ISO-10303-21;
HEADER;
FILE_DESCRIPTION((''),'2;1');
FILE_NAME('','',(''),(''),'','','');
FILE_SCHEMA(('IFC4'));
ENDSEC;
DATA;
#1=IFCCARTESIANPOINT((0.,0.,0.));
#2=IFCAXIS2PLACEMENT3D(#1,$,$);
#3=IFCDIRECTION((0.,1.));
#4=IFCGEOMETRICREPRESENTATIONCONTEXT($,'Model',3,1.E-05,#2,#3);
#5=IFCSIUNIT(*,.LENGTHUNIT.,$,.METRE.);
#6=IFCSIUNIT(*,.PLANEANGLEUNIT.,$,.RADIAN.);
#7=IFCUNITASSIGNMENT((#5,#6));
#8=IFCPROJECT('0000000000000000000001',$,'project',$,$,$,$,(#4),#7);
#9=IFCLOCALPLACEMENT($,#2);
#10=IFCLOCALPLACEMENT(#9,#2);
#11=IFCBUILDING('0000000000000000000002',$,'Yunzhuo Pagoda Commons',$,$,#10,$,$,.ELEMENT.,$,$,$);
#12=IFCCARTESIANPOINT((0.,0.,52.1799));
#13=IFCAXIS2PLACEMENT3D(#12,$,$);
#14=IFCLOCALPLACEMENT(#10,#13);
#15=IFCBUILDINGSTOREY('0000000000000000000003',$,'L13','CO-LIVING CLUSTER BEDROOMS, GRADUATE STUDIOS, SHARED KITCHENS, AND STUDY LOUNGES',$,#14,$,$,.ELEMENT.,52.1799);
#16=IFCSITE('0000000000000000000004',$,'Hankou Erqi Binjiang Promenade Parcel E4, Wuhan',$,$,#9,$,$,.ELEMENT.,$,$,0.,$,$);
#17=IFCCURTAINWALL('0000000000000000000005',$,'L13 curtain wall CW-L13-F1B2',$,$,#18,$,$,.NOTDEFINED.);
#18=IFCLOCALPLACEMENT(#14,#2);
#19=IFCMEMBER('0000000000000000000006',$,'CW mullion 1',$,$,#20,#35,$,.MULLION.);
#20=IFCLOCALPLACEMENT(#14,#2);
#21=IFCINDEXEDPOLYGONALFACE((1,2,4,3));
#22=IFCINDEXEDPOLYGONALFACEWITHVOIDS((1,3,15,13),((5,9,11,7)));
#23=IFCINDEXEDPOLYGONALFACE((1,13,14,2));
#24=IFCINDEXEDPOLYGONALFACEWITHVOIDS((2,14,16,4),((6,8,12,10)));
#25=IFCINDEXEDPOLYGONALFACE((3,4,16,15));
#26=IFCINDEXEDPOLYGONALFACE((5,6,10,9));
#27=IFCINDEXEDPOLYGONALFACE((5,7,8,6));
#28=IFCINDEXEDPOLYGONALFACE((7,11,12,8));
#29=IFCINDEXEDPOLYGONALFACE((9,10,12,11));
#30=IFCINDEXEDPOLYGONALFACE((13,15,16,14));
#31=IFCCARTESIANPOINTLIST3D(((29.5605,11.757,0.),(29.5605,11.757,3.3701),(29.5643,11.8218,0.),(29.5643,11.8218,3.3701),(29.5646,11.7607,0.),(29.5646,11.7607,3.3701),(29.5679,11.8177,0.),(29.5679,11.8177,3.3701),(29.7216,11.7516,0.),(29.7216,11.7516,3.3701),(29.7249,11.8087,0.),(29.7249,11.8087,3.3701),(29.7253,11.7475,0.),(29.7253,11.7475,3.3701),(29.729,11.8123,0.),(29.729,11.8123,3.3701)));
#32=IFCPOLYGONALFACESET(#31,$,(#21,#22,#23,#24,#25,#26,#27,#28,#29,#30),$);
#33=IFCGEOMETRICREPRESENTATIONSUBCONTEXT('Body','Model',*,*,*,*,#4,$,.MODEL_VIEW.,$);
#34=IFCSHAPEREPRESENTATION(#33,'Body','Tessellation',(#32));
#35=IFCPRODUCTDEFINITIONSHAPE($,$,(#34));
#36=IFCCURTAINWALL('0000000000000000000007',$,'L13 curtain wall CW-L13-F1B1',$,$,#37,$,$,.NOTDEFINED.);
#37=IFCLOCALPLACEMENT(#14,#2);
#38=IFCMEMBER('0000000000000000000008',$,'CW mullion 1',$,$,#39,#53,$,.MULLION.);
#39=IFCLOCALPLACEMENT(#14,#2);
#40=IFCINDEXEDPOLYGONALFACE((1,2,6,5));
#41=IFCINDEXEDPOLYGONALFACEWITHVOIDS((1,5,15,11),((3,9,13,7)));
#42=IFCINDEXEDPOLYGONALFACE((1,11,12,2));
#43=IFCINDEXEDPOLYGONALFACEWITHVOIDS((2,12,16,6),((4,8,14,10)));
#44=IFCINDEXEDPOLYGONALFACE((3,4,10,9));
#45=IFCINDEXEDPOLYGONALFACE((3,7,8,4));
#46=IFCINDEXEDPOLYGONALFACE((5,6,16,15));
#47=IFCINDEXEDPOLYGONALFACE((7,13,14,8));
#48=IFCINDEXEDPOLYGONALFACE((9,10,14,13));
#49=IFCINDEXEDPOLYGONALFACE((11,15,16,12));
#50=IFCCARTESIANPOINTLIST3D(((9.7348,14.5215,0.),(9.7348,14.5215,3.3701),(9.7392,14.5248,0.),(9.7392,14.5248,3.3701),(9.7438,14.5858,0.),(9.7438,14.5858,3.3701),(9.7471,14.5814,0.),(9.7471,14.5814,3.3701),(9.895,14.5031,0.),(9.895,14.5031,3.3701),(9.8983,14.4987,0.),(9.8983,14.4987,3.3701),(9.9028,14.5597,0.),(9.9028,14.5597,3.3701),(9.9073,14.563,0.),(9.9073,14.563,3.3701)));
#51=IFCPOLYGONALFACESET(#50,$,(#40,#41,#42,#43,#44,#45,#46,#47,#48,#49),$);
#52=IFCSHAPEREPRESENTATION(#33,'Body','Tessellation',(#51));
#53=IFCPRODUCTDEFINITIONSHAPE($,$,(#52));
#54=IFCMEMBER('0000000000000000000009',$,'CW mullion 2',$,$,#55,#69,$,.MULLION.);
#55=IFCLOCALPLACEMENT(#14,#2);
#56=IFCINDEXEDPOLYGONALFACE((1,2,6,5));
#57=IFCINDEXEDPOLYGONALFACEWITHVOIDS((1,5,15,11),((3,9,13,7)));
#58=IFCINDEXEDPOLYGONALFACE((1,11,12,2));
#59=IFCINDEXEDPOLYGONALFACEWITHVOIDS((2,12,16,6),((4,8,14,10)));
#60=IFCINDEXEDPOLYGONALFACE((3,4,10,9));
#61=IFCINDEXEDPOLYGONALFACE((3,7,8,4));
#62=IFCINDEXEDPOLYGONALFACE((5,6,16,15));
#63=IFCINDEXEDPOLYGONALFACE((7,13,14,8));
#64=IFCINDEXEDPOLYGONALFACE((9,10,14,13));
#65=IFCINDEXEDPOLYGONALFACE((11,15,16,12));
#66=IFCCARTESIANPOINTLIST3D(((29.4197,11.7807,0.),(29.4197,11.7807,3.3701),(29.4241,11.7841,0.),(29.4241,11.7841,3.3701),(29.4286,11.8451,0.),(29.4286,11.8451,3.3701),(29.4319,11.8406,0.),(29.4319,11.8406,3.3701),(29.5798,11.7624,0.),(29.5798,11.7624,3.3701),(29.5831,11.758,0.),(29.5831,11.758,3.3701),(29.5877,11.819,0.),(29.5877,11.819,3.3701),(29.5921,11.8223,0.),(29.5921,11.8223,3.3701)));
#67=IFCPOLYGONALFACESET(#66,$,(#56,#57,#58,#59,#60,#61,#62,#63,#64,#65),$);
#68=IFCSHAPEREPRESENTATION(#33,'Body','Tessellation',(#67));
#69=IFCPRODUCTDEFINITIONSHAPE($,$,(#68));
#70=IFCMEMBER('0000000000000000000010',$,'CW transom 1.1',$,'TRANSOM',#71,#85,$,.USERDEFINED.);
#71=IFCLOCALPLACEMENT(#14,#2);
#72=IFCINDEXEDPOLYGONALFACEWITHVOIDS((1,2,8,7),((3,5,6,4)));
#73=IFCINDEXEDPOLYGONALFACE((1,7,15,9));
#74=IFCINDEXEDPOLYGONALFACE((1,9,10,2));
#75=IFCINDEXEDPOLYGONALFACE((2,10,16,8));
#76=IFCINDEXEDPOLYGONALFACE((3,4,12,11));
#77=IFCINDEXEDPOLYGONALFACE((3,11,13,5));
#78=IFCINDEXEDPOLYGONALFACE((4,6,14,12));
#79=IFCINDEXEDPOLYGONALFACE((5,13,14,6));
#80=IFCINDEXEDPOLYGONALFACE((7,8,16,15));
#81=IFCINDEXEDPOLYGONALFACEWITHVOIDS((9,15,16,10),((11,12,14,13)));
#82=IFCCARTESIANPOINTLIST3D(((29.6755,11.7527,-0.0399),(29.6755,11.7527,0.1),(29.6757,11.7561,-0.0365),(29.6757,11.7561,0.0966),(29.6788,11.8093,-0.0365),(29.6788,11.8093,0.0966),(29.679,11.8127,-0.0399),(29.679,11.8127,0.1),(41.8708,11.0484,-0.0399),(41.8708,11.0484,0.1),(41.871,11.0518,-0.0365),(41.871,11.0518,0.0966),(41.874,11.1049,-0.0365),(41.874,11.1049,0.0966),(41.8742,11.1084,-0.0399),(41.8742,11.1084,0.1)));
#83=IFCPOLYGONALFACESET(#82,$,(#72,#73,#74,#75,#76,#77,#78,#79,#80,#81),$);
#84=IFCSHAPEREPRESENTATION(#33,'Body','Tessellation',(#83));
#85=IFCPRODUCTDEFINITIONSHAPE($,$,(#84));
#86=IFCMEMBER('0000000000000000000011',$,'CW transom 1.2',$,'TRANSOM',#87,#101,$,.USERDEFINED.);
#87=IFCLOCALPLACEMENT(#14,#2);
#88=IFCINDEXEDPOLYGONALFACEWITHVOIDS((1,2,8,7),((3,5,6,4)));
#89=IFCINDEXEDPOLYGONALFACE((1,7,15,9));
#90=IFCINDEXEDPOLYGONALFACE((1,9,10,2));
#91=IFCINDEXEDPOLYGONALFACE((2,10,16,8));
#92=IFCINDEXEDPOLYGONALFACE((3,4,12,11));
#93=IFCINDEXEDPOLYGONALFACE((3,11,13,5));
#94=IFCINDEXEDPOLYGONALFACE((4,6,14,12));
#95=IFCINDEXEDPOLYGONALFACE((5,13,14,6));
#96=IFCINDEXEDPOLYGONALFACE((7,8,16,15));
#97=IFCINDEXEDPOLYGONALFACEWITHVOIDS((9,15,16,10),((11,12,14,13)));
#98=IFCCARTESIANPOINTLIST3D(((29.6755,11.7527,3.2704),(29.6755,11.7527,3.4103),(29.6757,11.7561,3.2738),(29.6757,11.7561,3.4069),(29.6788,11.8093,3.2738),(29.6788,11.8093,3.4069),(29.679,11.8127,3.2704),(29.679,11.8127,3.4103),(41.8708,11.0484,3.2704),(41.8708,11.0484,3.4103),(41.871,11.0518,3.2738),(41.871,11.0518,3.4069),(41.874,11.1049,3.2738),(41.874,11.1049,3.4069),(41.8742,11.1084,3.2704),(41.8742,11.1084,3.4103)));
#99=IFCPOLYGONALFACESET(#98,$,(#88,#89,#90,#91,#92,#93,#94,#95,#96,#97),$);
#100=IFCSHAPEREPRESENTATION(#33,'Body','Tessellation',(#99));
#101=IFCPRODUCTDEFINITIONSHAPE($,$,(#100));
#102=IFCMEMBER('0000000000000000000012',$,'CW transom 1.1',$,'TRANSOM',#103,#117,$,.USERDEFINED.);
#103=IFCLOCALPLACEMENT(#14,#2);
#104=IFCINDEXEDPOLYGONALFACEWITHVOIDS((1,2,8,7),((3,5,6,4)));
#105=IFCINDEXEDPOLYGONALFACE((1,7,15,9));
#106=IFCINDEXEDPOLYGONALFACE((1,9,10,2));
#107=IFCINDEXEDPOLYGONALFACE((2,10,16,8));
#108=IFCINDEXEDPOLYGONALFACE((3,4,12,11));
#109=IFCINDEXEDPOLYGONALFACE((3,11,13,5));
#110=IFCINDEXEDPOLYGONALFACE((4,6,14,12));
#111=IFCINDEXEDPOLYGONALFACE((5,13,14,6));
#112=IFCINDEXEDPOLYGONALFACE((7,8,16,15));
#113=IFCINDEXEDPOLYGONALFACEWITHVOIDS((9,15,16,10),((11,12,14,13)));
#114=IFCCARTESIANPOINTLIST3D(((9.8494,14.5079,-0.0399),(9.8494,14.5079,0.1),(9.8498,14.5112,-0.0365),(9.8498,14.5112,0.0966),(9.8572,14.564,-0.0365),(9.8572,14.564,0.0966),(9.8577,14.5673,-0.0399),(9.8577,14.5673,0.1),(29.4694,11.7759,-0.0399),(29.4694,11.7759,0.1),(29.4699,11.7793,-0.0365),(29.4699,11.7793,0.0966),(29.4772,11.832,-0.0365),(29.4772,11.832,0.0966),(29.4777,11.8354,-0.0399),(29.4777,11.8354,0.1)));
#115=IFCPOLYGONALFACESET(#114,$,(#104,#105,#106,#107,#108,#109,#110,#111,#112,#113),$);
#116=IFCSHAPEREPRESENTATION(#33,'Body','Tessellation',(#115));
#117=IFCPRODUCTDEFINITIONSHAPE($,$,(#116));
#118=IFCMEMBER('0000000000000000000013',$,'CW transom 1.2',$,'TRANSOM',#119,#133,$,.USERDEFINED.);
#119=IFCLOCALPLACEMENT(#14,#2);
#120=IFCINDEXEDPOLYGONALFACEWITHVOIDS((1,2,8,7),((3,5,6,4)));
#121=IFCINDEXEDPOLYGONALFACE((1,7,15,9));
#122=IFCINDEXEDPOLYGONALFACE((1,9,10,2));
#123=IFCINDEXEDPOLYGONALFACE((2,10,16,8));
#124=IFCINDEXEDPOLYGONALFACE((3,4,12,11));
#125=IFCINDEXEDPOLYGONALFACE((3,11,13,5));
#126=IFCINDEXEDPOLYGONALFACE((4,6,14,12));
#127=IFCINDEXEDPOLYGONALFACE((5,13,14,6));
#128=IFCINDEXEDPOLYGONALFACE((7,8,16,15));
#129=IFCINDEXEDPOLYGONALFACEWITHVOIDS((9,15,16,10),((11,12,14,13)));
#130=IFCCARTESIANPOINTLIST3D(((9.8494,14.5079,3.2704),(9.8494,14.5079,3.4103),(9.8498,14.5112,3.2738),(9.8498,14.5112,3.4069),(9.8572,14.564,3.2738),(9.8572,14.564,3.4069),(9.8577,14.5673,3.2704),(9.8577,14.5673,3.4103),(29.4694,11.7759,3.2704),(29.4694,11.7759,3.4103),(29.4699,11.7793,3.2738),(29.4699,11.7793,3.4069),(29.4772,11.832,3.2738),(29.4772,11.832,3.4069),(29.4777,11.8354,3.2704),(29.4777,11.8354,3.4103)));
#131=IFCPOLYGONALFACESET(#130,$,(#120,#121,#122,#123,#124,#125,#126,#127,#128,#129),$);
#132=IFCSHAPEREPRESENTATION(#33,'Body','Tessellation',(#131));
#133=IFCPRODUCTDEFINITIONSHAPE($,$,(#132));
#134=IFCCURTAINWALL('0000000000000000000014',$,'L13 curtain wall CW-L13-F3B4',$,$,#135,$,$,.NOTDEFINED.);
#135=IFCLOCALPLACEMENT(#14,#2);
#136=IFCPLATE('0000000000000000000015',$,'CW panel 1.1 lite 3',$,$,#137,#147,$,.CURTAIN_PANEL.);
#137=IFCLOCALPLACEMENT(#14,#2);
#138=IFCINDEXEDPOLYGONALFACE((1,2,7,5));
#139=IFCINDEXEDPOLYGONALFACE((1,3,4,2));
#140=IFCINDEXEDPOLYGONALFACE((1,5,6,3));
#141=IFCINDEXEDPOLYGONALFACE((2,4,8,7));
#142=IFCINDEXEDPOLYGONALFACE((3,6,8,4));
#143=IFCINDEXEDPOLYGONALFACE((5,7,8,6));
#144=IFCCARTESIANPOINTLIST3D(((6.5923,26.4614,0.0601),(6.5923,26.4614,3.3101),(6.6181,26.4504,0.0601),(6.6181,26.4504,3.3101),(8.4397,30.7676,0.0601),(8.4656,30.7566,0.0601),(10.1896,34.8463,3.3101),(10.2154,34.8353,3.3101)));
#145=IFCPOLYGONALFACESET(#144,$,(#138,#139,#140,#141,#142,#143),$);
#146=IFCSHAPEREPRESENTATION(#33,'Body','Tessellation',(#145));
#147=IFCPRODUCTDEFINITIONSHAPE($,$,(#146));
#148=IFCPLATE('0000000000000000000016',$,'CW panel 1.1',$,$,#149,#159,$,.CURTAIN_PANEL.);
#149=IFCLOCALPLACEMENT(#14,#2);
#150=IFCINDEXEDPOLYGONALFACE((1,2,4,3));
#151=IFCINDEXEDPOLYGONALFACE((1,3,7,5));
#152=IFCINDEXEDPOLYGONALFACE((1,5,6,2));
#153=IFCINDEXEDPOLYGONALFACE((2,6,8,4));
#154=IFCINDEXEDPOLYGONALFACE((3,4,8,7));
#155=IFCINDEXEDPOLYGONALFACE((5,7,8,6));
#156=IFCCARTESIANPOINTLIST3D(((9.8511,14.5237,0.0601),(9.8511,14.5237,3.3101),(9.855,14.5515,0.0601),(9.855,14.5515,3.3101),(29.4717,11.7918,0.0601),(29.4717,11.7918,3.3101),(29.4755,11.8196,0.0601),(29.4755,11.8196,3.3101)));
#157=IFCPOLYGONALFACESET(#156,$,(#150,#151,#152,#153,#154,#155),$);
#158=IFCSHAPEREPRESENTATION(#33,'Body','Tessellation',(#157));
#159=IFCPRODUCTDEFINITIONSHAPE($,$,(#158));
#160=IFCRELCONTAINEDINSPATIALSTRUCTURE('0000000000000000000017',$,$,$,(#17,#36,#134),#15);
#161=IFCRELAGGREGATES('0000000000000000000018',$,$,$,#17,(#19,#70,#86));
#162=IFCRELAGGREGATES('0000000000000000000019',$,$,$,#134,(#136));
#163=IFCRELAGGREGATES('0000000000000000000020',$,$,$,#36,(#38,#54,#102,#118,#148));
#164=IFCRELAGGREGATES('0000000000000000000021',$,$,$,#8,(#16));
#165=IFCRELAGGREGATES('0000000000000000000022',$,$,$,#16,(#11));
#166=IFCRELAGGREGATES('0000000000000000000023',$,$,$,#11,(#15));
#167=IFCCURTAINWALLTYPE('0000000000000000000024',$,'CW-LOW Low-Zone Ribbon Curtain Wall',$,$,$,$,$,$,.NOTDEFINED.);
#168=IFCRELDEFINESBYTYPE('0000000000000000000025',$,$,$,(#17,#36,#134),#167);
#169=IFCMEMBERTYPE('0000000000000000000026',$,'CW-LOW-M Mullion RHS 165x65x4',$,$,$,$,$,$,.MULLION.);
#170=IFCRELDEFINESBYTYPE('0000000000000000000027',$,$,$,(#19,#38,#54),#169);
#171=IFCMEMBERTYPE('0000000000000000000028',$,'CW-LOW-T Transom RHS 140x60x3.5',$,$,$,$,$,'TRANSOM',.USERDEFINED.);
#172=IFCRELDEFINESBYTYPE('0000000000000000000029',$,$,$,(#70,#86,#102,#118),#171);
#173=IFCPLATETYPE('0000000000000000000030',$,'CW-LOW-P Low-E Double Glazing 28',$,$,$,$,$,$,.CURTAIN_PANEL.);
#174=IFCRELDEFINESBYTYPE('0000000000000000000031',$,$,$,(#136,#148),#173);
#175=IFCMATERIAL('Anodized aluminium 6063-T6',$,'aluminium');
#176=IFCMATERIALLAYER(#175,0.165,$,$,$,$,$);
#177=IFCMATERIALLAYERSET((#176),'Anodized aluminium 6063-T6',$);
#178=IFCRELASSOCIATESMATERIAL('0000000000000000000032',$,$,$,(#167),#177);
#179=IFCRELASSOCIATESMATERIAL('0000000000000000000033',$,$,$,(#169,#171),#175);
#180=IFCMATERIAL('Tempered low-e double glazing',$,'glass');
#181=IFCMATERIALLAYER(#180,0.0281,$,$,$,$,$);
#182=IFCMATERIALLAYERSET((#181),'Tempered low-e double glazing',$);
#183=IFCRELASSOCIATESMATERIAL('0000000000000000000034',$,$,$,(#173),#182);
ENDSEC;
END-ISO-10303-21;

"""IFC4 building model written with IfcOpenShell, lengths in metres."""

from ifc_helpers import new_model, si_unit, direction, frame, origin, origin_2d, place, context, subcontext, project, spatial, polyline, rectangle, hollow_rectangle, outline, extrude, source, transform, mapped, material, layer, layer_set, material_profile, profile_set, type_object, element, aggregate, save


model = new_model("IFC4")

# Units and contexts
model_context = context("Model", 3, precision=1e-05, world=origin(), true_north=direction((0.0, 1.0)))
body_context = subcontext(model_context, "Body", "Model", "MODEL_VIEW")
ifc_project = project(units=[si_unit("LENGTHUNIT", "METRE"), si_unit("PLANEANGLEUNIT", "RADIAN")], contexts=[model_context])

# Site, building, storey
site_placement = place(None, origin())
site = spatial("IfcSite", under=ifc_project, at=site_placement, Name="Hankou Erqi Binjiang Promenade Parcel E4, Wuhan", CompositionType="ELEMENT", RefElevation=0.0)
building_placement = place(site_placement, origin())
building = spatial("IfcBuilding", under=site, at=building_placement, Name="Yunzhuo Pagoda Commons", CompositionType="ELEMENT")
storey_placement = place(building_placement, frame((0.0, 0.0, 52.1799)))
storey = spatial("IfcBuildingStorey", under=building, at=storey_placement, Name="L13", Description="CO-LIVING CLUSTER BEDROOMS, GRADUATE STUDIOS, SHARED KITCHENS, AND STUDY LOUNGES", CompositionType="ELEMENT", Elevation=52.1799)

# Curtain wall, member
ifc_material_1 = material(Name="Anodized aluminium 6063-T6", Category="aluminium")
ifc_layer_1 = layer(ifc_material_1, 0.165)
ifc_layer_set_1 = layer_set([ifc_layer_1], Name="Anodized aluminium 6063-T6")
curtain_wall_type = type_object("IfcCurtainWallType", Name="CW-LOW Low-Zone Ribbon Curtain Wall", PredefinedType="NOTDEFINED", material=ifc_layer_set_1)
curtain_wall_1_placement = place(storey_placement, origin())
curtain_wall_1 = element("IfcCurtainWall", 1, at=curtain_wall_1_placement, inside=storey, type_object=curtain_wall_type, Name="L13 curtain wall CW-L13-F1B2", PredefinedType="NOTDEFINED")
ifc_material_profile_1 = material_profile(ifc_material_1, hollow_rectangle(XDim=0.0649, YDim=0.165, WallThickness=0.0039, at=origin_2d()), Name="Anodized aluminium 6063-T6")
ifc_profile_set_1 = profile_set([ifc_material_profile_1], Name="Anodized aluminium 6063-T6")
member_type_1 = type_object("IfcMemberType", Name="CW-LOW-M Mullion RHS 165x65x4", PredefinedType="MULLION", material=ifc_profile_set_1)
shared_shape_1 = source(origin(), body_context, "Body", "SweptSolid", [
    extrude(hollow_rectangle(XDim=0.0649, YDim=0.165, WallThickness=0.0039, at=origin_2d()), origin(), (0.0, 0.0, 1.0), 3.3701),
])
member_1_placement = place(storey_placement, frame((29.6448, 11.7847, 0.0), z_axis=(0.0, 0.0, 1.0), x_axis=(0.057664, 0.998336, 0.0)))
member_1 = element("IfcMember", 2, at=member_1_placement, type_object=member_type_1, Name="CW mullion 1", PredefinedType="MULLION", context=body_context, shape_type="MappedRepresentation", body=[
    mapped(shared_shape_1, transform((0.0, 0.0, 0.0), scale=1.0)),
])

# Curtain wall, members
curtain_wall_2_placement = place(storey_placement, origin())
curtain_wall_2 = element("IfcCurtainWall", 3, at=curtain_wall_2_placement, inside=storey, type_object=curtain_wall_type, Name="L13 curtain wall CW-L13-F1B1", PredefinedType="NOTDEFINED")
member_2_placement = place(storey_placement, frame((9.821, 14.5422, 0.0), z_axis=(0.0, 0.0, 1.0), x_axis=(0.137905, 0.990445, 0.0)))
member_2 = element("IfcMember", 4, at=member_2_placement, type_object=member_type_1, Name="CW mullion 1", PredefinedType="MULLION", context=body_context, shape_type="MappedRepresentation", body=[
    mapped(shared_shape_1, transform((0.0, 0.0, 0.0), scale=1.0)),
])
member_3_placement = place(storey_placement, frame((29.5059, 11.8015, 0.0), z_axis=(0.0, 0.0, 1.0), x_axis=(0.137905, 0.990445, 0.0)))
member_3 = element("IfcMember", 5, at=member_3_placement, type_object=member_type_1, Name="CW mullion 2", PredefinedType="MULLION", context=body_context, shape_type="MappedRepresentation", body=[
    mapped(shared_shape_1, transform((0.0, 0.0, 0.0), scale=1.0)),
])

# Members
ifc_material_profile_2 = material_profile(ifc_material_1, hollow_rectangle(XDim=0.0601, YDim=0.1399, WallThickness=0.0034, at=origin_2d()), Name="Anodized aluminium 6063-T6")
ifc_profile_set_2 = profile_set([ifc_material_profile_2], Name="Anodized aluminium 6063-T6")
member_type_2 = type_object("IfcMemberType", Name="CW-LOW-T Transom RHS 140x60x3.5", ElementType="TRANSOM", PredefinedType="USERDEFINED", material=ifc_profile_set_2)
shared_shape_2 = source(origin(), body_context, "Body", "SweptSolid", [
    extrude(hollow_rectangle(XDim=0.0601, YDim=0.1399, WallThickness=0.0034, at=origin_2d()), origin(), (0.0, 0.0, 1.0), 12.2156),
])
member_4_placement = place(storey_placement, frame((29.6772, 11.7827, 0.03), z_axis=(0.998336, -0.057659, 0.0), x_axis=(0.057659, 0.998336, 0.0)))
member_4 = element("IfcMember", 6, at=member_4_placement, type_object=member_type_2, Name="CW transom 1.1", ObjectType="TRANSOM", PredefinedType="USERDEFINED", context=body_context, shape_type="MappedRepresentation", body=[
    mapped(shared_shape_2, transform((0.0, 0.0, 0.0), scale=1.0)),
])
member_5_placement = place(storey_placement, frame((29.6772, 11.7827, 3.3403), z_axis=(0.998336, -0.057659, 0.0), x_axis=(0.057659, 0.998336, 0.0)))
member_5 = element("IfcMember", 7, at=member_5_placement, type_object=member_type_2, Name="CW transom 1.2", ObjectType="TRANSOM", PredefinedType="USERDEFINED", context=body_context, shape_type="MappedRepresentation", body=[
    mapped(shared_shape_2, transform((0.0, 0.0, 0.0), scale=1.0)),
])
aggregate(curtain_wall_1, [member_1, member_4, member_5])
shared_shape_3 = source(origin(), body_context, "Body", "SweptSolid", [
    extrude(hollow_rectangle(XDim=0.0601, YDim=0.1399, WallThickness=0.0034, at=origin_2d()), origin(), (0.0, 0.0, 1.0), 19.8093),
])
member_6_placement = place(storey_placement, frame((9.8535, 14.5376, 0.03), z_axis=(0.990445, -0.137911, 0.0), x_axis=(0.137911, 0.990445, 0.0)))
member_6 = element("IfcMember", 8, at=member_6_placement, type_object=member_type_2, Name="CW transom 1.1", ObjectType="TRANSOM", PredefinedType="USERDEFINED", context=body_context, shape_type="MappedRepresentation", body=[
    mapped(shared_shape_3, transform((0.0, 0.0, 0.0), scale=1.0)),
])
member_7_placement = place(storey_placement, frame((9.8535, 14.5376, 3.3403), z_axis=(0.990445, -0.137911, 0.0), x_axis=(0.137911, 0.990445, 0.0)))
member_7 = element("IfcMember", 9, at=member_7_placement, type_object=member_type_2, Name="CW transom 1.2", ObjectType="TRANSOM", PredefinedType="USERDEFINED", context=body_context, shape_type="MappedRepresentation", body=[
    mapped(shared_shape_3, transform((0.0, 0.0, 0.0), scale=1.0)),
])

# Curtain wall, plate
curtain_wall_3_placement = place(storey_placement, origin())
curtain_wall_3 = element("IfcCurtainWall", 10, at=curtain_wall_3_placement, inside=storey, type_object=curtain_wall_type, Name="L13 curtain wall CW-L13-F3B4", PredefinedType="NOTDEFINED")
ifc_material_2 = material(Name="Tempered low-e double glazing", Category="glass")
ifc_layer_2 = layer(ifc_material_2, 0.0281)
ifc_layer_set_2 = layer_set([ifc_layer_2], Name="Tempered low-e double glazing")
plate_type = type_object("IfcPlateType", Name="CW-LOW-P Low-E Double Glazing 28", PredefinedType="CURTAIN_PANEL", material=ifc_layer_set_2)
plate_1_placement = place(storey_placement, frame((8.4167, 30.6428, 1.6851), z_axis=(-0.918993, 0.394274, 0.0), x_axis=(-0.394274, -0.918993, 0.0)))
plate_1 = element("IfcPlate", 11, at=plate_1_placement, type_object=plate_type, Name="CW panel 1.1 lite 3", PredefinedType="CURTAIN_PANEL", context=body_context, shape_type="SweptSolid", body=[
    extrude(outline(polyline([(-4.562, 1.625), (-0.1238, -1.625), (4.562, -1.625), (4.562, 1.625), (-4.562, 1.625)])), origin(), (0.0, 0.0, 1.0), 0.0281),
])
aggregate(curtain_wall_3, [plate_1])

# Plate
shared_shape_4 = source(origin(), body_context, "Body", "SweptSolid", [
    extrude(rectangle(XDim=19.8098, YDim=0.0281, at=origin_2d()), origin(), (0.0, 0.0, 1.0), 3.25),
])
plate_2_placement = place(storey_placement, frame((19.6633, 13.1716, 0.0601), z_axis=(0.0, 0.0, 1.0), x_axis=(0.990445, -0.137905, 0.0)))
plate_2 = element("IfcPlate", 12, at=plate_2_placement, type_object=plate_type, Name="CW panel 1.1", PredefinedType="CURTAIN_PANEL", context=body_context, shape_type="MappedRepresentation", body=[
    mapped(shared_shape_4, transform((0.0, 0.0, 0.0), scale=1.0)),
])
aggregate(curtain_wall_2, [member_2, member_3, member_6, member_7, plate_2])

save(model, "model.ifc")
